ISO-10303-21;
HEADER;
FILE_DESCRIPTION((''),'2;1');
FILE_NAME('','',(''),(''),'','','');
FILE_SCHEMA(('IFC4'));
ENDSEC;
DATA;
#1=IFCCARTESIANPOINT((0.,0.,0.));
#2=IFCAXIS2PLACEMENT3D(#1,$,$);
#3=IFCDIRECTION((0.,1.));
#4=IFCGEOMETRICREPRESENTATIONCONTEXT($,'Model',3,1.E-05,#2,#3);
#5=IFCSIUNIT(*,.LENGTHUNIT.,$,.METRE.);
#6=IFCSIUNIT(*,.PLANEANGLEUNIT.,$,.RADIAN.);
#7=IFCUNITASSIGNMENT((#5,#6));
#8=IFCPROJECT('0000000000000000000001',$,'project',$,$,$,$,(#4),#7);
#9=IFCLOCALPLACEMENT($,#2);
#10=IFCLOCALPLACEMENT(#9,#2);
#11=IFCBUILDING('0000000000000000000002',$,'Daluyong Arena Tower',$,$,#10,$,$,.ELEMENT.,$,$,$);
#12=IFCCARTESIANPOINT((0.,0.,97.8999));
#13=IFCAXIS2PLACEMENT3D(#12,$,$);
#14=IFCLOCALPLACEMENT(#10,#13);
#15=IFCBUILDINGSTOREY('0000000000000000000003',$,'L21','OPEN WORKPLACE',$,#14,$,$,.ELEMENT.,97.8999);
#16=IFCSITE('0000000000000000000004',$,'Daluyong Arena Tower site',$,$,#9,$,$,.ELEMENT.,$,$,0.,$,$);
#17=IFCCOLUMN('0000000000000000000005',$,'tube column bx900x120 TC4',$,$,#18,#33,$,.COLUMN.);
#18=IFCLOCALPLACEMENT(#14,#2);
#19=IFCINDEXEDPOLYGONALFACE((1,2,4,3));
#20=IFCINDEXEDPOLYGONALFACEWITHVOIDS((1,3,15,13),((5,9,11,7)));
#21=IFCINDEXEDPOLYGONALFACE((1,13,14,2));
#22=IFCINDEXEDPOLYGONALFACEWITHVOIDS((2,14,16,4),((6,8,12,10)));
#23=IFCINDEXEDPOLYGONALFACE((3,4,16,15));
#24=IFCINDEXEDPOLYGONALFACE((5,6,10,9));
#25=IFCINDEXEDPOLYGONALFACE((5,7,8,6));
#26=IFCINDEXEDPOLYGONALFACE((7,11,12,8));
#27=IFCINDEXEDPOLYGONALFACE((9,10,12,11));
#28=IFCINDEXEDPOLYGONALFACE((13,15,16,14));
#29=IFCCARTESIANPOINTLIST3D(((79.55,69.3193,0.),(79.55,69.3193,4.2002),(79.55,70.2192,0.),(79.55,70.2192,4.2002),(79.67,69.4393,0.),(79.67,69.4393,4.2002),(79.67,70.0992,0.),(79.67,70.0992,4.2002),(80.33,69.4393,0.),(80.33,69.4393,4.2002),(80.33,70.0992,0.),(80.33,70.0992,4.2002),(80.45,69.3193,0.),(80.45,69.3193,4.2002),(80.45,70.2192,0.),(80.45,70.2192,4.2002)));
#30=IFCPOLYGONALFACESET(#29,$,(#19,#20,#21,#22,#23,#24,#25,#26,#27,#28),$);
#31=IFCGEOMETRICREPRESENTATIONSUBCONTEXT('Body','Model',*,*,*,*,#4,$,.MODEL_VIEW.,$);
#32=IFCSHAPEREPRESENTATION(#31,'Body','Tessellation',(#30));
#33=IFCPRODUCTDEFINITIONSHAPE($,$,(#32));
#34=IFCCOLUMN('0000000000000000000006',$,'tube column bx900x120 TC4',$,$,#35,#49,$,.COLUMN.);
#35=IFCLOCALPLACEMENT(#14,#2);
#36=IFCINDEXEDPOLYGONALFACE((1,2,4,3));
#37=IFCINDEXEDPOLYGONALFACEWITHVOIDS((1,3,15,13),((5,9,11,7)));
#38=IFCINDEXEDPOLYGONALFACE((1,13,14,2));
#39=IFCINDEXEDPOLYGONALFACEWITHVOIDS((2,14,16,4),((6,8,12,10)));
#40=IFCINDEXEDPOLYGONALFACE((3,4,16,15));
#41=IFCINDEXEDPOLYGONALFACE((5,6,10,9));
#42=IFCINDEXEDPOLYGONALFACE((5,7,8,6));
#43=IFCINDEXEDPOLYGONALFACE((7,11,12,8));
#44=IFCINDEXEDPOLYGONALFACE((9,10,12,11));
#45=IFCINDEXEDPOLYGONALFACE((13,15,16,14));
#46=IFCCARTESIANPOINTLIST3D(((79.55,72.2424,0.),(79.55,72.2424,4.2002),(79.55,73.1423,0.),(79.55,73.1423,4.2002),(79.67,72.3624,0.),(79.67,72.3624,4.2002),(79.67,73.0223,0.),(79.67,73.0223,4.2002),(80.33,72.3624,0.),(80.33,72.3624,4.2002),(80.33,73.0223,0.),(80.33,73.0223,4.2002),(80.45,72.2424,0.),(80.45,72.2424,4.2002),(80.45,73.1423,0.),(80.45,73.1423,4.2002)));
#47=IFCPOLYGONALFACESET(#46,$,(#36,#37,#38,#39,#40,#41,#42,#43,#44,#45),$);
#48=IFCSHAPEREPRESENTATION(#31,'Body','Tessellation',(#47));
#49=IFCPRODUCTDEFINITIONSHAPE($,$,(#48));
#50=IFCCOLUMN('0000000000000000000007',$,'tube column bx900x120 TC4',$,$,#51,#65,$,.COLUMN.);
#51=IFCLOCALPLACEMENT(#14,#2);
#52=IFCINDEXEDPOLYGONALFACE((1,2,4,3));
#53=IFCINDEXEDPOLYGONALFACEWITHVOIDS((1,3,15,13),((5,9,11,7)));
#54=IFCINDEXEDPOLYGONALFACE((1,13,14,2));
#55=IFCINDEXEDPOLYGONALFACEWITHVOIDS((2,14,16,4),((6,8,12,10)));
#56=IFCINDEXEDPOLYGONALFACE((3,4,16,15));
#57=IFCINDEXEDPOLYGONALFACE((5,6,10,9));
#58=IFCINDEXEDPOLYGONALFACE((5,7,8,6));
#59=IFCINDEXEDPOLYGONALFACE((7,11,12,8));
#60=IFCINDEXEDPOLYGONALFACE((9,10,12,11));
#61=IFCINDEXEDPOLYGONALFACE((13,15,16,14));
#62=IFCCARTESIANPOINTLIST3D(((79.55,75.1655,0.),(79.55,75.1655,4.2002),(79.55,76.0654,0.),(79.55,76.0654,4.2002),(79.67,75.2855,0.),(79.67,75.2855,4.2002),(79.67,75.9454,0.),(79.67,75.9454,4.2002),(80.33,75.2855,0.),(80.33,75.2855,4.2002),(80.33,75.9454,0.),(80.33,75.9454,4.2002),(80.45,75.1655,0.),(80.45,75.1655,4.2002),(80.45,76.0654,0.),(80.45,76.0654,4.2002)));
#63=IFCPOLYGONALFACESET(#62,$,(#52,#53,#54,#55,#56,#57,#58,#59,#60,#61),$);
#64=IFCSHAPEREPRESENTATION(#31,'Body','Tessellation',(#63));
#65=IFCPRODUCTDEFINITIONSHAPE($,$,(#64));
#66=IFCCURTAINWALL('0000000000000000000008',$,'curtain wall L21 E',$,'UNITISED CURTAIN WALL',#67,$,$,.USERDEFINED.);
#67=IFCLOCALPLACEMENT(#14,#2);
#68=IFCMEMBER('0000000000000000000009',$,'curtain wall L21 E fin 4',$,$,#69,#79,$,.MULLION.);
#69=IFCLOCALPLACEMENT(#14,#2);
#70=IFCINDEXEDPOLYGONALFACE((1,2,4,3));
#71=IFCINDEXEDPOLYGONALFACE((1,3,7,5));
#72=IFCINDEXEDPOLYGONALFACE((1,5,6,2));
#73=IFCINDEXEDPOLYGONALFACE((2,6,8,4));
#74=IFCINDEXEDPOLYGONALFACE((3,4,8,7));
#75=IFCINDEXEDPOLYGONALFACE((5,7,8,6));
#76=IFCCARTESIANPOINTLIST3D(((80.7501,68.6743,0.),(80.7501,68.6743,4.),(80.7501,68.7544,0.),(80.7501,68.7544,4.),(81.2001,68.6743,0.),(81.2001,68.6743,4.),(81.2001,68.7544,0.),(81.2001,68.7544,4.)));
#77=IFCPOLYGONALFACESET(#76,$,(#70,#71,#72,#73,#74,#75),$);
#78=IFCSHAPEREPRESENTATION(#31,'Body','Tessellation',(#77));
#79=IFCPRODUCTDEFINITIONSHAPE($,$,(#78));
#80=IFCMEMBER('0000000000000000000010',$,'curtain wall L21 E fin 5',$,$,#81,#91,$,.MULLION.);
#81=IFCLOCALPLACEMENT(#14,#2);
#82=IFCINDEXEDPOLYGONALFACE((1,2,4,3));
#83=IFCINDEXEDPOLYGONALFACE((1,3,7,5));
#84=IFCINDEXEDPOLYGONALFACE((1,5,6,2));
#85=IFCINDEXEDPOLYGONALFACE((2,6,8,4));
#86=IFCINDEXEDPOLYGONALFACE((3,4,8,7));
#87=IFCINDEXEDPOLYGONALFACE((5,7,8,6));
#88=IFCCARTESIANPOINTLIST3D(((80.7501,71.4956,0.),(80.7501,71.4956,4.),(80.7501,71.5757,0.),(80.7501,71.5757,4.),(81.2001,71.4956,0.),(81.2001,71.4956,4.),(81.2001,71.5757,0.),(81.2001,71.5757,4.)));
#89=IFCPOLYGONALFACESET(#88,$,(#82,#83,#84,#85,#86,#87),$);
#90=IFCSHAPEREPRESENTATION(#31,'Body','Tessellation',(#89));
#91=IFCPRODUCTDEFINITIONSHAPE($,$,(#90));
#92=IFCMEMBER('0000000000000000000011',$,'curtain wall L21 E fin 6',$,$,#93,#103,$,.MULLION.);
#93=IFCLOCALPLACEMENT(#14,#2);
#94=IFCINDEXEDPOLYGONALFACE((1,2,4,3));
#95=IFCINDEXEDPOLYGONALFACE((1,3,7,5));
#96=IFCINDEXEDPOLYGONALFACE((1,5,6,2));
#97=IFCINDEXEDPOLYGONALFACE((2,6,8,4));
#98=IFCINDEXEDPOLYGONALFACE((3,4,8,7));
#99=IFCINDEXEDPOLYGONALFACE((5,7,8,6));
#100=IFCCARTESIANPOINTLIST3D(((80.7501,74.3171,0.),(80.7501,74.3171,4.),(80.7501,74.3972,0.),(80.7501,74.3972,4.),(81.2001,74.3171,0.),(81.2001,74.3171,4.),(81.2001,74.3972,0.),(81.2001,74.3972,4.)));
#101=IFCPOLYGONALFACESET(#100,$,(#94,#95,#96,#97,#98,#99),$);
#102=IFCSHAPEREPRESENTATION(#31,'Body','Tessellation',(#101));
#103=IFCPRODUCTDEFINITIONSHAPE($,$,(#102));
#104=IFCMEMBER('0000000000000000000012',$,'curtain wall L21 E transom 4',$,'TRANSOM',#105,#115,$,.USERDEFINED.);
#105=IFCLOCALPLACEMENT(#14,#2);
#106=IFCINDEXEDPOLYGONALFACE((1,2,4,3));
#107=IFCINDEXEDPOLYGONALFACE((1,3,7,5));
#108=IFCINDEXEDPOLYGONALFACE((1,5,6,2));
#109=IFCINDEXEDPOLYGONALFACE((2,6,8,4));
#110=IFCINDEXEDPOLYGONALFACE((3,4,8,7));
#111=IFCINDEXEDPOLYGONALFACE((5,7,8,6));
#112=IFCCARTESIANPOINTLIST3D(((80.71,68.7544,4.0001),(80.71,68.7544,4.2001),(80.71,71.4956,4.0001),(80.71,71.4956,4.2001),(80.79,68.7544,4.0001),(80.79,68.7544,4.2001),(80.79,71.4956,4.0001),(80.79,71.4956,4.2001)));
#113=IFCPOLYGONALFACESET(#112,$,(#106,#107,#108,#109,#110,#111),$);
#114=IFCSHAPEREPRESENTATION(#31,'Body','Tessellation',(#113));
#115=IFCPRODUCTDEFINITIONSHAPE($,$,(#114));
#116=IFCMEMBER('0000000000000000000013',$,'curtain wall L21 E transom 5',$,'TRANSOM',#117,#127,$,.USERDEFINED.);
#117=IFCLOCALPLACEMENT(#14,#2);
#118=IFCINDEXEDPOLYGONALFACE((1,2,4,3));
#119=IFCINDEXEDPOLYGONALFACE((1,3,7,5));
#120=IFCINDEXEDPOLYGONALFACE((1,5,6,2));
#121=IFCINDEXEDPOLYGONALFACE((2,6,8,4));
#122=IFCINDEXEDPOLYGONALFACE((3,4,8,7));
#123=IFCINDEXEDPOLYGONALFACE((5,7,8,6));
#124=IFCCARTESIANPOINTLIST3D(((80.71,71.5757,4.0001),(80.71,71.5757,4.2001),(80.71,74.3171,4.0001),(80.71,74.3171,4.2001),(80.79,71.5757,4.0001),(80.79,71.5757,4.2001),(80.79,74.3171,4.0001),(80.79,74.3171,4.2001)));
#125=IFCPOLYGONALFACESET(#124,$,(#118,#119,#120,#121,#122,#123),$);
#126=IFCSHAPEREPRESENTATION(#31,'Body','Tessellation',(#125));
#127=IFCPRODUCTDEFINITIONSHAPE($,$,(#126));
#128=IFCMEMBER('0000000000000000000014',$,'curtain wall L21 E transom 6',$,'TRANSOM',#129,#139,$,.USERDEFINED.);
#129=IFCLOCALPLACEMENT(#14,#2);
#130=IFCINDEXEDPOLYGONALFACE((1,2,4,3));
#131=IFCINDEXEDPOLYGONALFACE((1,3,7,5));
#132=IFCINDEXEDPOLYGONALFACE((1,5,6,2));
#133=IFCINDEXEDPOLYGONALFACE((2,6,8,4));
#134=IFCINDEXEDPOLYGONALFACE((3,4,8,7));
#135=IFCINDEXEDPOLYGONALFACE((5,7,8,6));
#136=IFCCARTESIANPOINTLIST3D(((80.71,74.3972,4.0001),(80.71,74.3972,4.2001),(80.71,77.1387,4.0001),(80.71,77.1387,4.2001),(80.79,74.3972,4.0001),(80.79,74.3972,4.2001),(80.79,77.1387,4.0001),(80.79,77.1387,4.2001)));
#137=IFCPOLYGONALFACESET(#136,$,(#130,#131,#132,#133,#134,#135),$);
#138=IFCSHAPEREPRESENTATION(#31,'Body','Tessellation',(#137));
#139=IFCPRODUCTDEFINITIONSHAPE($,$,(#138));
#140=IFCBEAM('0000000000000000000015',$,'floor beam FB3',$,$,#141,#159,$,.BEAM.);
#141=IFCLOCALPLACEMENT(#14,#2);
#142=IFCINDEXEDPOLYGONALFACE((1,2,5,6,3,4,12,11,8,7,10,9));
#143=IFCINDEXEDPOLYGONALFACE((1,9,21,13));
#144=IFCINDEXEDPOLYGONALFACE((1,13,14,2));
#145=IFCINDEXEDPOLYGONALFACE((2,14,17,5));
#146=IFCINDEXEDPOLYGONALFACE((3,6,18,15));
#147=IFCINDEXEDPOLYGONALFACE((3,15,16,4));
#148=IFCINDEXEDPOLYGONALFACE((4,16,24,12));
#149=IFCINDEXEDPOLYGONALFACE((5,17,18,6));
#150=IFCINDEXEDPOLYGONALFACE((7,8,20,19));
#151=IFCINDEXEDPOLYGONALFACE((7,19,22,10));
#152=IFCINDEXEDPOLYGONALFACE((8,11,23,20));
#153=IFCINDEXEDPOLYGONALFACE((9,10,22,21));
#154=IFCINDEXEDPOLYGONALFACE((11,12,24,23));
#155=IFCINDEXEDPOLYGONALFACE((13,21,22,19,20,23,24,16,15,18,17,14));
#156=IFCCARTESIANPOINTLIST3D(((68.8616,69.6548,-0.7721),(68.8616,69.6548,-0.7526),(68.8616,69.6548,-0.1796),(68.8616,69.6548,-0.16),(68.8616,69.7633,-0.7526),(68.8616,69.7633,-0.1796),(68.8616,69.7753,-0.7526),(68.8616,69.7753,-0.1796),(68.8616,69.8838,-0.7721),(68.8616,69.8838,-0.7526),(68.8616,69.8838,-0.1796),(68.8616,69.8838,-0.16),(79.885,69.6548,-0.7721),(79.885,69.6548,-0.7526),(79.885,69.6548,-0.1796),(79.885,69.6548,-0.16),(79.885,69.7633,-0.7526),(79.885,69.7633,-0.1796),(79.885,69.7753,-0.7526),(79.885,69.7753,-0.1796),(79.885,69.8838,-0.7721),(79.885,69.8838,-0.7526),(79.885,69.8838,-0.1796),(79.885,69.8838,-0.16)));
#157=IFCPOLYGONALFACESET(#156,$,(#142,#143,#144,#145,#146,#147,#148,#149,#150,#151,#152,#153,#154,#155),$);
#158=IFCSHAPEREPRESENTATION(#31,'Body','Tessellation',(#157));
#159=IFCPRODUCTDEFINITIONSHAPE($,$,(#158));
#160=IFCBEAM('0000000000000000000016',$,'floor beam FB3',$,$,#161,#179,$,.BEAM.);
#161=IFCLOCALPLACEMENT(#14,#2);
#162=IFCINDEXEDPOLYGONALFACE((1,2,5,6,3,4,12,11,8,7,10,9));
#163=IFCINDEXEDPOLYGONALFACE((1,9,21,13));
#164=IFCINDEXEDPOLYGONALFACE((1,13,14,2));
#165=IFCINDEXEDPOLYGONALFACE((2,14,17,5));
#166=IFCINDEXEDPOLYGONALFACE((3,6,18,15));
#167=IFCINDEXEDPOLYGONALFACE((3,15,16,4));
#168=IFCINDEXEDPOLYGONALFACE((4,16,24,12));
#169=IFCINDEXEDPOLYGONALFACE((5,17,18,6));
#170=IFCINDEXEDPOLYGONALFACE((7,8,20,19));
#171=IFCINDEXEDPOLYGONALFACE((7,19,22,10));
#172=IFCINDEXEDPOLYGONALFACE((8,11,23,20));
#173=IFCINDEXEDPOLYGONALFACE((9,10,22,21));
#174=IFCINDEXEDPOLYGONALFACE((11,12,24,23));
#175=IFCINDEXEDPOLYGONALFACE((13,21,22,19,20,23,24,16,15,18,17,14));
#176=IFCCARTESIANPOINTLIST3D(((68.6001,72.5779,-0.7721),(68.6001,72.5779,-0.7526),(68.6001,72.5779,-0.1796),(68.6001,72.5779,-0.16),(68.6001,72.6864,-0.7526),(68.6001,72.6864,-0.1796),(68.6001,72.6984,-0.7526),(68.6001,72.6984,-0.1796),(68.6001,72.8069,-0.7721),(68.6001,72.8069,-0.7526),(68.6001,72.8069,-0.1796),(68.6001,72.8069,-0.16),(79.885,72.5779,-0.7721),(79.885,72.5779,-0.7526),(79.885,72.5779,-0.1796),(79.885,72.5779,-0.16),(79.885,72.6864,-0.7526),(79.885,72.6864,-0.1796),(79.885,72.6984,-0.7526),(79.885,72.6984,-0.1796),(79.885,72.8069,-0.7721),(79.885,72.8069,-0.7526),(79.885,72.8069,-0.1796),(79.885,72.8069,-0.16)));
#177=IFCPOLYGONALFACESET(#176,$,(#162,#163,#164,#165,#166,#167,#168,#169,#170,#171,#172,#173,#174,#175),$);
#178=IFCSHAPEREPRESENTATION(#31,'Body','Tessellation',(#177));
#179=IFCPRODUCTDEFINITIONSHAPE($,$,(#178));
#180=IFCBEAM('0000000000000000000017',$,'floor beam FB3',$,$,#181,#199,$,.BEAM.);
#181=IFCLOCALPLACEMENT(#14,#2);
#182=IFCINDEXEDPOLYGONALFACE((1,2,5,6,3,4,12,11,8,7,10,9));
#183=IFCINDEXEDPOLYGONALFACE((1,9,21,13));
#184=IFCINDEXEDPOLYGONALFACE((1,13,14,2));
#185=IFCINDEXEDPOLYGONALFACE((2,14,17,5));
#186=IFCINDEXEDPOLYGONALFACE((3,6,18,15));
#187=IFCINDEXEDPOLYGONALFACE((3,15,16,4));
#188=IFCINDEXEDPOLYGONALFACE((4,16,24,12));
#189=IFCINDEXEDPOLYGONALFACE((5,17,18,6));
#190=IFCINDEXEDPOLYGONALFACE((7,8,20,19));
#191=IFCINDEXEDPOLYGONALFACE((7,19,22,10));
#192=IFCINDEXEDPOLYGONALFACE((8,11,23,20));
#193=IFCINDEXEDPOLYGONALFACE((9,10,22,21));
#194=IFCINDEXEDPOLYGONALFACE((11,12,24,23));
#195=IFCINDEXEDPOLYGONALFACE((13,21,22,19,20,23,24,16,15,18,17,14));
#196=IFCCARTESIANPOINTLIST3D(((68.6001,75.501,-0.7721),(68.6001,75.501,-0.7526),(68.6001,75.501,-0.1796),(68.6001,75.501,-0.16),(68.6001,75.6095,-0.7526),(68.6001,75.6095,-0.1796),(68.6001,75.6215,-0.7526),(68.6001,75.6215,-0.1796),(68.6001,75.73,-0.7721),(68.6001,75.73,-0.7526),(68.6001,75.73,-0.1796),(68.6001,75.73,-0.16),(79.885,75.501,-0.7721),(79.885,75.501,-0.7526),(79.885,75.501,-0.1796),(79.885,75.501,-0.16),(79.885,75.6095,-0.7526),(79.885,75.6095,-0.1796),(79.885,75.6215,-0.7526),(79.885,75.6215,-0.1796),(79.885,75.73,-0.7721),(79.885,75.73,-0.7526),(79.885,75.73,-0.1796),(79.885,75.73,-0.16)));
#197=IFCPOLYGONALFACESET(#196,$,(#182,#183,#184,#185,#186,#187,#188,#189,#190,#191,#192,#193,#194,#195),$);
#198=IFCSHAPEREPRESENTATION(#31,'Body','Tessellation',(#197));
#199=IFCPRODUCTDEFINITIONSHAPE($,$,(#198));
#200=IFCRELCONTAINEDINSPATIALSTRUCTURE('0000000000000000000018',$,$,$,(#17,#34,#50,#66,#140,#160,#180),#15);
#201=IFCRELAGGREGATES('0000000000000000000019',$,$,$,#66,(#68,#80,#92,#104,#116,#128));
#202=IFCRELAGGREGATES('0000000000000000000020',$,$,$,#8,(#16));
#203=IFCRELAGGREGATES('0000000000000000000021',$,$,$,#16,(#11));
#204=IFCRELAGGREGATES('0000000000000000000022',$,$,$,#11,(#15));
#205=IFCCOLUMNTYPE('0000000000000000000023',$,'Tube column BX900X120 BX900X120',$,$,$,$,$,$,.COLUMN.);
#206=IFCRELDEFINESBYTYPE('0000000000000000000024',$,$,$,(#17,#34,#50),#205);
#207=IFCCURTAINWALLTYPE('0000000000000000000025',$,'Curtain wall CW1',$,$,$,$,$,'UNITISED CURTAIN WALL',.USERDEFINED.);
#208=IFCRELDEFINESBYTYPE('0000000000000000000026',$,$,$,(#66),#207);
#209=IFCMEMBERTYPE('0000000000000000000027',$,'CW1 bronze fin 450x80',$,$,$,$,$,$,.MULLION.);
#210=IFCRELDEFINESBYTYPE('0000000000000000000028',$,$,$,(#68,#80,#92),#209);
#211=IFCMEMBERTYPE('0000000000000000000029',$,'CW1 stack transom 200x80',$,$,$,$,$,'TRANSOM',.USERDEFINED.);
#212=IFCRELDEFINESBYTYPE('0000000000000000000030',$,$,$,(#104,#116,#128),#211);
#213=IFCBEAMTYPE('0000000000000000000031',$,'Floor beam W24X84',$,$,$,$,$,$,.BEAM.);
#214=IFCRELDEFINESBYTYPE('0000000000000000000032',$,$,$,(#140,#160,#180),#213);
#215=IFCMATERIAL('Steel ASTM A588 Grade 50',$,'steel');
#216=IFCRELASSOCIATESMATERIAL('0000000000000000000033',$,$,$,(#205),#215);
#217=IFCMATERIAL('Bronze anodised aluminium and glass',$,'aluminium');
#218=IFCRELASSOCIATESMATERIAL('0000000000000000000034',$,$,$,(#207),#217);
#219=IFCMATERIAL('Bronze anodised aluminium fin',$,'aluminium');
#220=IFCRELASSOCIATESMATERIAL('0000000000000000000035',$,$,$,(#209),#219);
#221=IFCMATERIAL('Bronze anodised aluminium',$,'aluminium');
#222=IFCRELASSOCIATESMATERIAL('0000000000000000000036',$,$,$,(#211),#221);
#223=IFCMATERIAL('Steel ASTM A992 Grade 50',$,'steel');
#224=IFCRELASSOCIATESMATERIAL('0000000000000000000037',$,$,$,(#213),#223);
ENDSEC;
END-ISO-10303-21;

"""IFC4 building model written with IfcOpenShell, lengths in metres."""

from ifc_helpers import new_model, si_unit, direction, frame, origin, origin_2d, place, context, subcontext, project, spatial, rectangle, hollow_rectangle, i_section, extrude, material, material_profile, profile_set, type_object, element, aggregate, save


model = new_model("IFC4")

# Units and contexts
model_context = context("Model", 3, precision=1e-05, world=origin(), true_north=direction((0.0, 1.0)))
body_context = subcontext(model_context, "Body", "Model", "MODEL_VIEW")
ifc_project = project(units=[si_unit("LENGTHUNIT", "METRE"), si_unit("PLANEANGLEUNIT", "RADIAN")], contexts=[model_context])

# Site, building, storey
site_placement = place(None, origin())
site = spatial("IfcSite", under=ifc_project, at=site_placement, Name="Daluyong Arena Tower site", CompositionType="ELEMENT", RefElevation=0.0)
building_placement = place(site_placement, origin())
building = spatial("IfcBuilding", under=site, at=building_placement, Name="Daluyong Arena Tower", CompositionType="ELEMENT")
storey_placement = place(building_placement, frame((0.0, 0.0, 97.8999)))
storey = spatial("IfcBuildingStorey", under=building, at=storey_placement, Name="L21", Description="OPEN WORKPLACE", CompositionType="ELEMENT", Elevation=97.8999)

# Columns
ifc_material_1 = material(Name="Steel ASTM A588 Grade 50", Category="steel")
ifc_material_profile_1 = material_profile(ifc_material_1, hollow_rectangle(XDim=0.8999, YDim=0.8999, WallThickness=0.12, at=origin_2d()))
ifc_profile_set_1 = profile_set([ifc_material_profile_1], Name="Steel ASTM A588 Grade 50")
column_type = type_object("IfcColumnType", Name="Tube column BX900X120 BX900X120", PredefinedType="COLUMN", material=ifc_profile_set_1)
for number, where, z_axis, x_axis, name in (
    (1, (80.0, 69.7693, 0.0), (0.0, 0.0, 1.0), (0.0, 1.0, 0.0), "tube column bx900x120 TC4"),
    (2, (80.0, 72.6924, 0.0), (0.0, 0.0, 1.0), (0.0, 1.0, 0.0), "tube column bx900x120 TC4"),
    (3, (80.0, 75.6155, 0.0), (0.0, 0.0, 1.0), (0.0, 1.0, 0.0), "tube column bx900x120 TC4"),
):
    element("IfcColumn", number, at=place(storey_placement, frame(where, z_axis=z_axis, x_axis=x_axis)), inside=storey, type_object=column_type, Name=name, PredefinedType="COLUMN", context=body_context, shape_type="SweptSolid", body=[
        extrude(hollow_rectangle(XDim=0.8999, YDim=0.8999, WallThickness=0.12, at=origin_2d()), origin(), (0.0, 0.0, 1.0), 4.2002),
    ])

# Curtain wall, members
ifc_material_2 = material(Name="Bronze anodised aluminium and glass", Category="aluminium")
curtain_wall_type = type_object("IfcCurtainWallType", Name="Curtain wall CW1", ElementType="UNITISED CURTAIN WALL", PredefinedType="USERDEFINED", material=ifc_material_2)
curtain_wall_placement = place(storey_placement, origin())
curtain_wall = element("IfcCurtainWall", 4, at=curtain_wall_placement, inside=storey, type_object=curtain_wall_type, Name="curtain wall L21 E", ObjectType="UNITISED CURTAIN WALL", PredefinedType="USERDEFINED")
ifc_material_3 = material(Name="Bronze anodised aluminium fin", Category="aluminium")
ifc_material_profile_2 = material_profile(ifc_material_3, rectangle(XDim=0.45, YDim=0.0801, at=origin_2d()))
ifc_profile_set_2 = profile_set([ifc_material_profile_2], Name="Bronze anodised aluminium fin")
member_type_1 = type_object("IfcMemberType", Name="CW1 bronze fin 450x80", PredefinedType="MULLION", material=ifc_profile_set_2)
member_1_placement = place(storey_placement, frame((80.9751, 68.7144, 0.0), z_axis=(0.0, 0.0, 1.0), x_axis=(-1.0, 0.0, 0.0)))
member_1 = element("IfcMember", 5, at=member_1_placement, type_object=member_type_1, Name="curtain wall L21 E fin 4", PredefinedType="MULLION", context=body_context, shape_type="SweptSolid", body=[
    extrude(rectangle(XDim=0.45, YDim=0.0801, at=origin_2d()), origin(), (0.0, 0.0, 1.0), 4.0),
])
member_2_placement = place(storey_placement, frame((80.9751, 71.5356, 0.0), z_axis=(0.0, 0.0, 1.0), x_axis=(-1.0, 0.0, 0.0)))
member_2 = element("IfcMember", 6, at=member_2_placement, type_object=member_type_1, Name="curtain wall L21 E fin 5", PredefinedType="MULLION", context=body_context, shape_type="SweptSolid", body=[
    extrude(rectangle(XDim=0.45, YDim=0.0801, at=origin_2d()), origin(), (0.0, 0.0, 1.0), 4.0),
])
member_3_placement = place(storey_placement, frame((80.9751, 74.3572, 0.0), z_axis=(0.0, 0.0, 1.0), x_axis=(-1.0, 0.0, 0.0)))
member_3 = element("IfcMember", 7, at=member_3_placement, type_object=member_type_1, Name="curtain wall L21 E fin 6", PredefinedType="MULLION", context=body_context, shape_type="SweptSolid", body=[
    extrude(rectangle(XDim=0.45, YDim=0.0801, at=origin_2d()), origin(), (0.0, 0.0, 1.0), 4.0),
])
ifc_material_4 = material(Name="Bronze anodised aluminium", Category="aluminium")
ifc_material_profile_3 = material_profile(ifc_material_4, rectangle(XDim=0.0801, YDim=0.2, at=origin_2d()))
ifc_profile_set_3 = profile_set([ifc_material_profile_3], Name="Bronze anodised aluminium")
member_type_2 = type_object("IfcMemberType", Name="CW1 stack transom 200x80", ElementType="TRANSOM", PredefinedType="USERDEFINED", material=ifc_profile_set_3)
member_4_placement = place(storey_placement, frame((80.75, 68.7544, 4.1001), z_axis=(0.0, 1.0, 0.0), x_axis=(-1.0, 0.0, 0.0)))
member_4 = element("IfcMember", 8, at=member_4_placement, type_object=member_type_2, Name="curtain wall L21 E transom 4", ObjectType="TRANSOM", PredefinedType="USERDEFINED", context=body_context, shape_type="SweptSolid", body=[
    extrude(rectangle(XDim=0.0801, YDim=0.2, at=origin_2d()), origin(), (0.0, 0.0, 1.0), 2.7412),
])
member_5_placement = place(storey_placement, frame((80.75, 71.5757, 4.1001), z_axis=(0.0, 1.0, 0.0), x_axis=(-1.0, 0.0, 0.0)))
member_5 = element("IfcMember", 9, at=member_5_placement, type_object=member_type_2, Name="curtain wall L21 E transom 5", ObjectType="TRANSOM", PredefinedType="USERDEFINED", context=body_context, shape_type="SweptSolid", body=[
    extrude(rectangle(XDim=0.0801, YDim=0.2, at=origin_2d()), origin(), (0.0, 0.0, 1.0), 2.7415),
])
member_6_placement = place(storey_placement, frame((80.75, 74.3972, 4.1001), z_axis=(0.0, 1.0, 0.0), x_axis=(-1.0, 0.0, 0.0)))
member_6 = element("IfcMember", 10, at=member_6_placement, type_object=member_type_2, Name="curtain wall L21 E transom 6", ObjectType="TRANSOM", PredefinedType="USERDEFINED", context=body_context, shape_type="SweptSolid", body=[
    extrude(rectangle(XDim=0.0801, YDim=0.2, at=origin_2d()), origin(), (0.0, 0.0, 1.0), 2.7415),
])

# Beams
ifc_material_5 = material(Name="Steel ASTM A992 Grade 50", Category="steel")
ifc_material_profile_4 = material_profile(ifc_material_5, i_section(OverallWidth=0.229, OverallDepth=0.6121, WebThickness=0.012, FlangeThickness=0.0195, at=origin_2d()))
ifc_profile_set_4 = profile_set([ifc_material_profile_4], Name="Steel ASTM A992 Grade 50")
beam_type_1 = type_object("IfcBeamType", Name="Floor beam W24X84", PredefinedType="BEAM", material=ifc_profile_set_4)
beam_placement = place(storey_placement, frame((79.885, 69.7693, -0.4661), z_axis=(-1.0, 0.0, 0.0), x_axis=(0.0, -1.0, 0.0)))
element("IfcBeam", 11, at=beam_placement, inside=storey, type_object=beam_type_1, Name="floor beam FB3", PredefinedType="BEAM", context=body_context, shape_type="SweptSolid", body=[
    extrude(i_section(OverallWidth=0.229, OverallDepth=0.6121, WebThickness=0.012, FlangeThickness=0.0195, at=origin_2d()), origin(), (0.0, 0.0, 1.0), 11.0234),
])
for number, where, z_axis, x_axis, name in (
    (12, (79.885, 72.6924, -0.4661), (-1.0, 0.0, 0.0), (0.0, -1.0, 0.0), "floor beam FB3"),
    (13, (79.885, 75.6155, -0.4661), (-1.0, 0.0, 0.0), (0.0, -1.0, 0.0), "floor beam FB3"),
):
    element("IfcBeam", number, at=place(storey_placement, frame(where, z_axis=z_axis, x_axis=x_axis)), inside=storey, type_object=beam_type_1, Name=name, PredefinedType="BEAM", context=body_context, shape_type="SweptSolid", body=[
        extrude(i_section(OverallWidth=0.229, OverallDepth=0.6121, WebThickness=0.012, FlangeThickness=0.0195, at=origin_2d()), origin(), (0.0, 0.0, 1.0), 11.2849),
    ])

aggregate(curtain_wall, [member_1, member_2, member_3, member_4, member_5, member_6])

save(model, "model.ifc")
